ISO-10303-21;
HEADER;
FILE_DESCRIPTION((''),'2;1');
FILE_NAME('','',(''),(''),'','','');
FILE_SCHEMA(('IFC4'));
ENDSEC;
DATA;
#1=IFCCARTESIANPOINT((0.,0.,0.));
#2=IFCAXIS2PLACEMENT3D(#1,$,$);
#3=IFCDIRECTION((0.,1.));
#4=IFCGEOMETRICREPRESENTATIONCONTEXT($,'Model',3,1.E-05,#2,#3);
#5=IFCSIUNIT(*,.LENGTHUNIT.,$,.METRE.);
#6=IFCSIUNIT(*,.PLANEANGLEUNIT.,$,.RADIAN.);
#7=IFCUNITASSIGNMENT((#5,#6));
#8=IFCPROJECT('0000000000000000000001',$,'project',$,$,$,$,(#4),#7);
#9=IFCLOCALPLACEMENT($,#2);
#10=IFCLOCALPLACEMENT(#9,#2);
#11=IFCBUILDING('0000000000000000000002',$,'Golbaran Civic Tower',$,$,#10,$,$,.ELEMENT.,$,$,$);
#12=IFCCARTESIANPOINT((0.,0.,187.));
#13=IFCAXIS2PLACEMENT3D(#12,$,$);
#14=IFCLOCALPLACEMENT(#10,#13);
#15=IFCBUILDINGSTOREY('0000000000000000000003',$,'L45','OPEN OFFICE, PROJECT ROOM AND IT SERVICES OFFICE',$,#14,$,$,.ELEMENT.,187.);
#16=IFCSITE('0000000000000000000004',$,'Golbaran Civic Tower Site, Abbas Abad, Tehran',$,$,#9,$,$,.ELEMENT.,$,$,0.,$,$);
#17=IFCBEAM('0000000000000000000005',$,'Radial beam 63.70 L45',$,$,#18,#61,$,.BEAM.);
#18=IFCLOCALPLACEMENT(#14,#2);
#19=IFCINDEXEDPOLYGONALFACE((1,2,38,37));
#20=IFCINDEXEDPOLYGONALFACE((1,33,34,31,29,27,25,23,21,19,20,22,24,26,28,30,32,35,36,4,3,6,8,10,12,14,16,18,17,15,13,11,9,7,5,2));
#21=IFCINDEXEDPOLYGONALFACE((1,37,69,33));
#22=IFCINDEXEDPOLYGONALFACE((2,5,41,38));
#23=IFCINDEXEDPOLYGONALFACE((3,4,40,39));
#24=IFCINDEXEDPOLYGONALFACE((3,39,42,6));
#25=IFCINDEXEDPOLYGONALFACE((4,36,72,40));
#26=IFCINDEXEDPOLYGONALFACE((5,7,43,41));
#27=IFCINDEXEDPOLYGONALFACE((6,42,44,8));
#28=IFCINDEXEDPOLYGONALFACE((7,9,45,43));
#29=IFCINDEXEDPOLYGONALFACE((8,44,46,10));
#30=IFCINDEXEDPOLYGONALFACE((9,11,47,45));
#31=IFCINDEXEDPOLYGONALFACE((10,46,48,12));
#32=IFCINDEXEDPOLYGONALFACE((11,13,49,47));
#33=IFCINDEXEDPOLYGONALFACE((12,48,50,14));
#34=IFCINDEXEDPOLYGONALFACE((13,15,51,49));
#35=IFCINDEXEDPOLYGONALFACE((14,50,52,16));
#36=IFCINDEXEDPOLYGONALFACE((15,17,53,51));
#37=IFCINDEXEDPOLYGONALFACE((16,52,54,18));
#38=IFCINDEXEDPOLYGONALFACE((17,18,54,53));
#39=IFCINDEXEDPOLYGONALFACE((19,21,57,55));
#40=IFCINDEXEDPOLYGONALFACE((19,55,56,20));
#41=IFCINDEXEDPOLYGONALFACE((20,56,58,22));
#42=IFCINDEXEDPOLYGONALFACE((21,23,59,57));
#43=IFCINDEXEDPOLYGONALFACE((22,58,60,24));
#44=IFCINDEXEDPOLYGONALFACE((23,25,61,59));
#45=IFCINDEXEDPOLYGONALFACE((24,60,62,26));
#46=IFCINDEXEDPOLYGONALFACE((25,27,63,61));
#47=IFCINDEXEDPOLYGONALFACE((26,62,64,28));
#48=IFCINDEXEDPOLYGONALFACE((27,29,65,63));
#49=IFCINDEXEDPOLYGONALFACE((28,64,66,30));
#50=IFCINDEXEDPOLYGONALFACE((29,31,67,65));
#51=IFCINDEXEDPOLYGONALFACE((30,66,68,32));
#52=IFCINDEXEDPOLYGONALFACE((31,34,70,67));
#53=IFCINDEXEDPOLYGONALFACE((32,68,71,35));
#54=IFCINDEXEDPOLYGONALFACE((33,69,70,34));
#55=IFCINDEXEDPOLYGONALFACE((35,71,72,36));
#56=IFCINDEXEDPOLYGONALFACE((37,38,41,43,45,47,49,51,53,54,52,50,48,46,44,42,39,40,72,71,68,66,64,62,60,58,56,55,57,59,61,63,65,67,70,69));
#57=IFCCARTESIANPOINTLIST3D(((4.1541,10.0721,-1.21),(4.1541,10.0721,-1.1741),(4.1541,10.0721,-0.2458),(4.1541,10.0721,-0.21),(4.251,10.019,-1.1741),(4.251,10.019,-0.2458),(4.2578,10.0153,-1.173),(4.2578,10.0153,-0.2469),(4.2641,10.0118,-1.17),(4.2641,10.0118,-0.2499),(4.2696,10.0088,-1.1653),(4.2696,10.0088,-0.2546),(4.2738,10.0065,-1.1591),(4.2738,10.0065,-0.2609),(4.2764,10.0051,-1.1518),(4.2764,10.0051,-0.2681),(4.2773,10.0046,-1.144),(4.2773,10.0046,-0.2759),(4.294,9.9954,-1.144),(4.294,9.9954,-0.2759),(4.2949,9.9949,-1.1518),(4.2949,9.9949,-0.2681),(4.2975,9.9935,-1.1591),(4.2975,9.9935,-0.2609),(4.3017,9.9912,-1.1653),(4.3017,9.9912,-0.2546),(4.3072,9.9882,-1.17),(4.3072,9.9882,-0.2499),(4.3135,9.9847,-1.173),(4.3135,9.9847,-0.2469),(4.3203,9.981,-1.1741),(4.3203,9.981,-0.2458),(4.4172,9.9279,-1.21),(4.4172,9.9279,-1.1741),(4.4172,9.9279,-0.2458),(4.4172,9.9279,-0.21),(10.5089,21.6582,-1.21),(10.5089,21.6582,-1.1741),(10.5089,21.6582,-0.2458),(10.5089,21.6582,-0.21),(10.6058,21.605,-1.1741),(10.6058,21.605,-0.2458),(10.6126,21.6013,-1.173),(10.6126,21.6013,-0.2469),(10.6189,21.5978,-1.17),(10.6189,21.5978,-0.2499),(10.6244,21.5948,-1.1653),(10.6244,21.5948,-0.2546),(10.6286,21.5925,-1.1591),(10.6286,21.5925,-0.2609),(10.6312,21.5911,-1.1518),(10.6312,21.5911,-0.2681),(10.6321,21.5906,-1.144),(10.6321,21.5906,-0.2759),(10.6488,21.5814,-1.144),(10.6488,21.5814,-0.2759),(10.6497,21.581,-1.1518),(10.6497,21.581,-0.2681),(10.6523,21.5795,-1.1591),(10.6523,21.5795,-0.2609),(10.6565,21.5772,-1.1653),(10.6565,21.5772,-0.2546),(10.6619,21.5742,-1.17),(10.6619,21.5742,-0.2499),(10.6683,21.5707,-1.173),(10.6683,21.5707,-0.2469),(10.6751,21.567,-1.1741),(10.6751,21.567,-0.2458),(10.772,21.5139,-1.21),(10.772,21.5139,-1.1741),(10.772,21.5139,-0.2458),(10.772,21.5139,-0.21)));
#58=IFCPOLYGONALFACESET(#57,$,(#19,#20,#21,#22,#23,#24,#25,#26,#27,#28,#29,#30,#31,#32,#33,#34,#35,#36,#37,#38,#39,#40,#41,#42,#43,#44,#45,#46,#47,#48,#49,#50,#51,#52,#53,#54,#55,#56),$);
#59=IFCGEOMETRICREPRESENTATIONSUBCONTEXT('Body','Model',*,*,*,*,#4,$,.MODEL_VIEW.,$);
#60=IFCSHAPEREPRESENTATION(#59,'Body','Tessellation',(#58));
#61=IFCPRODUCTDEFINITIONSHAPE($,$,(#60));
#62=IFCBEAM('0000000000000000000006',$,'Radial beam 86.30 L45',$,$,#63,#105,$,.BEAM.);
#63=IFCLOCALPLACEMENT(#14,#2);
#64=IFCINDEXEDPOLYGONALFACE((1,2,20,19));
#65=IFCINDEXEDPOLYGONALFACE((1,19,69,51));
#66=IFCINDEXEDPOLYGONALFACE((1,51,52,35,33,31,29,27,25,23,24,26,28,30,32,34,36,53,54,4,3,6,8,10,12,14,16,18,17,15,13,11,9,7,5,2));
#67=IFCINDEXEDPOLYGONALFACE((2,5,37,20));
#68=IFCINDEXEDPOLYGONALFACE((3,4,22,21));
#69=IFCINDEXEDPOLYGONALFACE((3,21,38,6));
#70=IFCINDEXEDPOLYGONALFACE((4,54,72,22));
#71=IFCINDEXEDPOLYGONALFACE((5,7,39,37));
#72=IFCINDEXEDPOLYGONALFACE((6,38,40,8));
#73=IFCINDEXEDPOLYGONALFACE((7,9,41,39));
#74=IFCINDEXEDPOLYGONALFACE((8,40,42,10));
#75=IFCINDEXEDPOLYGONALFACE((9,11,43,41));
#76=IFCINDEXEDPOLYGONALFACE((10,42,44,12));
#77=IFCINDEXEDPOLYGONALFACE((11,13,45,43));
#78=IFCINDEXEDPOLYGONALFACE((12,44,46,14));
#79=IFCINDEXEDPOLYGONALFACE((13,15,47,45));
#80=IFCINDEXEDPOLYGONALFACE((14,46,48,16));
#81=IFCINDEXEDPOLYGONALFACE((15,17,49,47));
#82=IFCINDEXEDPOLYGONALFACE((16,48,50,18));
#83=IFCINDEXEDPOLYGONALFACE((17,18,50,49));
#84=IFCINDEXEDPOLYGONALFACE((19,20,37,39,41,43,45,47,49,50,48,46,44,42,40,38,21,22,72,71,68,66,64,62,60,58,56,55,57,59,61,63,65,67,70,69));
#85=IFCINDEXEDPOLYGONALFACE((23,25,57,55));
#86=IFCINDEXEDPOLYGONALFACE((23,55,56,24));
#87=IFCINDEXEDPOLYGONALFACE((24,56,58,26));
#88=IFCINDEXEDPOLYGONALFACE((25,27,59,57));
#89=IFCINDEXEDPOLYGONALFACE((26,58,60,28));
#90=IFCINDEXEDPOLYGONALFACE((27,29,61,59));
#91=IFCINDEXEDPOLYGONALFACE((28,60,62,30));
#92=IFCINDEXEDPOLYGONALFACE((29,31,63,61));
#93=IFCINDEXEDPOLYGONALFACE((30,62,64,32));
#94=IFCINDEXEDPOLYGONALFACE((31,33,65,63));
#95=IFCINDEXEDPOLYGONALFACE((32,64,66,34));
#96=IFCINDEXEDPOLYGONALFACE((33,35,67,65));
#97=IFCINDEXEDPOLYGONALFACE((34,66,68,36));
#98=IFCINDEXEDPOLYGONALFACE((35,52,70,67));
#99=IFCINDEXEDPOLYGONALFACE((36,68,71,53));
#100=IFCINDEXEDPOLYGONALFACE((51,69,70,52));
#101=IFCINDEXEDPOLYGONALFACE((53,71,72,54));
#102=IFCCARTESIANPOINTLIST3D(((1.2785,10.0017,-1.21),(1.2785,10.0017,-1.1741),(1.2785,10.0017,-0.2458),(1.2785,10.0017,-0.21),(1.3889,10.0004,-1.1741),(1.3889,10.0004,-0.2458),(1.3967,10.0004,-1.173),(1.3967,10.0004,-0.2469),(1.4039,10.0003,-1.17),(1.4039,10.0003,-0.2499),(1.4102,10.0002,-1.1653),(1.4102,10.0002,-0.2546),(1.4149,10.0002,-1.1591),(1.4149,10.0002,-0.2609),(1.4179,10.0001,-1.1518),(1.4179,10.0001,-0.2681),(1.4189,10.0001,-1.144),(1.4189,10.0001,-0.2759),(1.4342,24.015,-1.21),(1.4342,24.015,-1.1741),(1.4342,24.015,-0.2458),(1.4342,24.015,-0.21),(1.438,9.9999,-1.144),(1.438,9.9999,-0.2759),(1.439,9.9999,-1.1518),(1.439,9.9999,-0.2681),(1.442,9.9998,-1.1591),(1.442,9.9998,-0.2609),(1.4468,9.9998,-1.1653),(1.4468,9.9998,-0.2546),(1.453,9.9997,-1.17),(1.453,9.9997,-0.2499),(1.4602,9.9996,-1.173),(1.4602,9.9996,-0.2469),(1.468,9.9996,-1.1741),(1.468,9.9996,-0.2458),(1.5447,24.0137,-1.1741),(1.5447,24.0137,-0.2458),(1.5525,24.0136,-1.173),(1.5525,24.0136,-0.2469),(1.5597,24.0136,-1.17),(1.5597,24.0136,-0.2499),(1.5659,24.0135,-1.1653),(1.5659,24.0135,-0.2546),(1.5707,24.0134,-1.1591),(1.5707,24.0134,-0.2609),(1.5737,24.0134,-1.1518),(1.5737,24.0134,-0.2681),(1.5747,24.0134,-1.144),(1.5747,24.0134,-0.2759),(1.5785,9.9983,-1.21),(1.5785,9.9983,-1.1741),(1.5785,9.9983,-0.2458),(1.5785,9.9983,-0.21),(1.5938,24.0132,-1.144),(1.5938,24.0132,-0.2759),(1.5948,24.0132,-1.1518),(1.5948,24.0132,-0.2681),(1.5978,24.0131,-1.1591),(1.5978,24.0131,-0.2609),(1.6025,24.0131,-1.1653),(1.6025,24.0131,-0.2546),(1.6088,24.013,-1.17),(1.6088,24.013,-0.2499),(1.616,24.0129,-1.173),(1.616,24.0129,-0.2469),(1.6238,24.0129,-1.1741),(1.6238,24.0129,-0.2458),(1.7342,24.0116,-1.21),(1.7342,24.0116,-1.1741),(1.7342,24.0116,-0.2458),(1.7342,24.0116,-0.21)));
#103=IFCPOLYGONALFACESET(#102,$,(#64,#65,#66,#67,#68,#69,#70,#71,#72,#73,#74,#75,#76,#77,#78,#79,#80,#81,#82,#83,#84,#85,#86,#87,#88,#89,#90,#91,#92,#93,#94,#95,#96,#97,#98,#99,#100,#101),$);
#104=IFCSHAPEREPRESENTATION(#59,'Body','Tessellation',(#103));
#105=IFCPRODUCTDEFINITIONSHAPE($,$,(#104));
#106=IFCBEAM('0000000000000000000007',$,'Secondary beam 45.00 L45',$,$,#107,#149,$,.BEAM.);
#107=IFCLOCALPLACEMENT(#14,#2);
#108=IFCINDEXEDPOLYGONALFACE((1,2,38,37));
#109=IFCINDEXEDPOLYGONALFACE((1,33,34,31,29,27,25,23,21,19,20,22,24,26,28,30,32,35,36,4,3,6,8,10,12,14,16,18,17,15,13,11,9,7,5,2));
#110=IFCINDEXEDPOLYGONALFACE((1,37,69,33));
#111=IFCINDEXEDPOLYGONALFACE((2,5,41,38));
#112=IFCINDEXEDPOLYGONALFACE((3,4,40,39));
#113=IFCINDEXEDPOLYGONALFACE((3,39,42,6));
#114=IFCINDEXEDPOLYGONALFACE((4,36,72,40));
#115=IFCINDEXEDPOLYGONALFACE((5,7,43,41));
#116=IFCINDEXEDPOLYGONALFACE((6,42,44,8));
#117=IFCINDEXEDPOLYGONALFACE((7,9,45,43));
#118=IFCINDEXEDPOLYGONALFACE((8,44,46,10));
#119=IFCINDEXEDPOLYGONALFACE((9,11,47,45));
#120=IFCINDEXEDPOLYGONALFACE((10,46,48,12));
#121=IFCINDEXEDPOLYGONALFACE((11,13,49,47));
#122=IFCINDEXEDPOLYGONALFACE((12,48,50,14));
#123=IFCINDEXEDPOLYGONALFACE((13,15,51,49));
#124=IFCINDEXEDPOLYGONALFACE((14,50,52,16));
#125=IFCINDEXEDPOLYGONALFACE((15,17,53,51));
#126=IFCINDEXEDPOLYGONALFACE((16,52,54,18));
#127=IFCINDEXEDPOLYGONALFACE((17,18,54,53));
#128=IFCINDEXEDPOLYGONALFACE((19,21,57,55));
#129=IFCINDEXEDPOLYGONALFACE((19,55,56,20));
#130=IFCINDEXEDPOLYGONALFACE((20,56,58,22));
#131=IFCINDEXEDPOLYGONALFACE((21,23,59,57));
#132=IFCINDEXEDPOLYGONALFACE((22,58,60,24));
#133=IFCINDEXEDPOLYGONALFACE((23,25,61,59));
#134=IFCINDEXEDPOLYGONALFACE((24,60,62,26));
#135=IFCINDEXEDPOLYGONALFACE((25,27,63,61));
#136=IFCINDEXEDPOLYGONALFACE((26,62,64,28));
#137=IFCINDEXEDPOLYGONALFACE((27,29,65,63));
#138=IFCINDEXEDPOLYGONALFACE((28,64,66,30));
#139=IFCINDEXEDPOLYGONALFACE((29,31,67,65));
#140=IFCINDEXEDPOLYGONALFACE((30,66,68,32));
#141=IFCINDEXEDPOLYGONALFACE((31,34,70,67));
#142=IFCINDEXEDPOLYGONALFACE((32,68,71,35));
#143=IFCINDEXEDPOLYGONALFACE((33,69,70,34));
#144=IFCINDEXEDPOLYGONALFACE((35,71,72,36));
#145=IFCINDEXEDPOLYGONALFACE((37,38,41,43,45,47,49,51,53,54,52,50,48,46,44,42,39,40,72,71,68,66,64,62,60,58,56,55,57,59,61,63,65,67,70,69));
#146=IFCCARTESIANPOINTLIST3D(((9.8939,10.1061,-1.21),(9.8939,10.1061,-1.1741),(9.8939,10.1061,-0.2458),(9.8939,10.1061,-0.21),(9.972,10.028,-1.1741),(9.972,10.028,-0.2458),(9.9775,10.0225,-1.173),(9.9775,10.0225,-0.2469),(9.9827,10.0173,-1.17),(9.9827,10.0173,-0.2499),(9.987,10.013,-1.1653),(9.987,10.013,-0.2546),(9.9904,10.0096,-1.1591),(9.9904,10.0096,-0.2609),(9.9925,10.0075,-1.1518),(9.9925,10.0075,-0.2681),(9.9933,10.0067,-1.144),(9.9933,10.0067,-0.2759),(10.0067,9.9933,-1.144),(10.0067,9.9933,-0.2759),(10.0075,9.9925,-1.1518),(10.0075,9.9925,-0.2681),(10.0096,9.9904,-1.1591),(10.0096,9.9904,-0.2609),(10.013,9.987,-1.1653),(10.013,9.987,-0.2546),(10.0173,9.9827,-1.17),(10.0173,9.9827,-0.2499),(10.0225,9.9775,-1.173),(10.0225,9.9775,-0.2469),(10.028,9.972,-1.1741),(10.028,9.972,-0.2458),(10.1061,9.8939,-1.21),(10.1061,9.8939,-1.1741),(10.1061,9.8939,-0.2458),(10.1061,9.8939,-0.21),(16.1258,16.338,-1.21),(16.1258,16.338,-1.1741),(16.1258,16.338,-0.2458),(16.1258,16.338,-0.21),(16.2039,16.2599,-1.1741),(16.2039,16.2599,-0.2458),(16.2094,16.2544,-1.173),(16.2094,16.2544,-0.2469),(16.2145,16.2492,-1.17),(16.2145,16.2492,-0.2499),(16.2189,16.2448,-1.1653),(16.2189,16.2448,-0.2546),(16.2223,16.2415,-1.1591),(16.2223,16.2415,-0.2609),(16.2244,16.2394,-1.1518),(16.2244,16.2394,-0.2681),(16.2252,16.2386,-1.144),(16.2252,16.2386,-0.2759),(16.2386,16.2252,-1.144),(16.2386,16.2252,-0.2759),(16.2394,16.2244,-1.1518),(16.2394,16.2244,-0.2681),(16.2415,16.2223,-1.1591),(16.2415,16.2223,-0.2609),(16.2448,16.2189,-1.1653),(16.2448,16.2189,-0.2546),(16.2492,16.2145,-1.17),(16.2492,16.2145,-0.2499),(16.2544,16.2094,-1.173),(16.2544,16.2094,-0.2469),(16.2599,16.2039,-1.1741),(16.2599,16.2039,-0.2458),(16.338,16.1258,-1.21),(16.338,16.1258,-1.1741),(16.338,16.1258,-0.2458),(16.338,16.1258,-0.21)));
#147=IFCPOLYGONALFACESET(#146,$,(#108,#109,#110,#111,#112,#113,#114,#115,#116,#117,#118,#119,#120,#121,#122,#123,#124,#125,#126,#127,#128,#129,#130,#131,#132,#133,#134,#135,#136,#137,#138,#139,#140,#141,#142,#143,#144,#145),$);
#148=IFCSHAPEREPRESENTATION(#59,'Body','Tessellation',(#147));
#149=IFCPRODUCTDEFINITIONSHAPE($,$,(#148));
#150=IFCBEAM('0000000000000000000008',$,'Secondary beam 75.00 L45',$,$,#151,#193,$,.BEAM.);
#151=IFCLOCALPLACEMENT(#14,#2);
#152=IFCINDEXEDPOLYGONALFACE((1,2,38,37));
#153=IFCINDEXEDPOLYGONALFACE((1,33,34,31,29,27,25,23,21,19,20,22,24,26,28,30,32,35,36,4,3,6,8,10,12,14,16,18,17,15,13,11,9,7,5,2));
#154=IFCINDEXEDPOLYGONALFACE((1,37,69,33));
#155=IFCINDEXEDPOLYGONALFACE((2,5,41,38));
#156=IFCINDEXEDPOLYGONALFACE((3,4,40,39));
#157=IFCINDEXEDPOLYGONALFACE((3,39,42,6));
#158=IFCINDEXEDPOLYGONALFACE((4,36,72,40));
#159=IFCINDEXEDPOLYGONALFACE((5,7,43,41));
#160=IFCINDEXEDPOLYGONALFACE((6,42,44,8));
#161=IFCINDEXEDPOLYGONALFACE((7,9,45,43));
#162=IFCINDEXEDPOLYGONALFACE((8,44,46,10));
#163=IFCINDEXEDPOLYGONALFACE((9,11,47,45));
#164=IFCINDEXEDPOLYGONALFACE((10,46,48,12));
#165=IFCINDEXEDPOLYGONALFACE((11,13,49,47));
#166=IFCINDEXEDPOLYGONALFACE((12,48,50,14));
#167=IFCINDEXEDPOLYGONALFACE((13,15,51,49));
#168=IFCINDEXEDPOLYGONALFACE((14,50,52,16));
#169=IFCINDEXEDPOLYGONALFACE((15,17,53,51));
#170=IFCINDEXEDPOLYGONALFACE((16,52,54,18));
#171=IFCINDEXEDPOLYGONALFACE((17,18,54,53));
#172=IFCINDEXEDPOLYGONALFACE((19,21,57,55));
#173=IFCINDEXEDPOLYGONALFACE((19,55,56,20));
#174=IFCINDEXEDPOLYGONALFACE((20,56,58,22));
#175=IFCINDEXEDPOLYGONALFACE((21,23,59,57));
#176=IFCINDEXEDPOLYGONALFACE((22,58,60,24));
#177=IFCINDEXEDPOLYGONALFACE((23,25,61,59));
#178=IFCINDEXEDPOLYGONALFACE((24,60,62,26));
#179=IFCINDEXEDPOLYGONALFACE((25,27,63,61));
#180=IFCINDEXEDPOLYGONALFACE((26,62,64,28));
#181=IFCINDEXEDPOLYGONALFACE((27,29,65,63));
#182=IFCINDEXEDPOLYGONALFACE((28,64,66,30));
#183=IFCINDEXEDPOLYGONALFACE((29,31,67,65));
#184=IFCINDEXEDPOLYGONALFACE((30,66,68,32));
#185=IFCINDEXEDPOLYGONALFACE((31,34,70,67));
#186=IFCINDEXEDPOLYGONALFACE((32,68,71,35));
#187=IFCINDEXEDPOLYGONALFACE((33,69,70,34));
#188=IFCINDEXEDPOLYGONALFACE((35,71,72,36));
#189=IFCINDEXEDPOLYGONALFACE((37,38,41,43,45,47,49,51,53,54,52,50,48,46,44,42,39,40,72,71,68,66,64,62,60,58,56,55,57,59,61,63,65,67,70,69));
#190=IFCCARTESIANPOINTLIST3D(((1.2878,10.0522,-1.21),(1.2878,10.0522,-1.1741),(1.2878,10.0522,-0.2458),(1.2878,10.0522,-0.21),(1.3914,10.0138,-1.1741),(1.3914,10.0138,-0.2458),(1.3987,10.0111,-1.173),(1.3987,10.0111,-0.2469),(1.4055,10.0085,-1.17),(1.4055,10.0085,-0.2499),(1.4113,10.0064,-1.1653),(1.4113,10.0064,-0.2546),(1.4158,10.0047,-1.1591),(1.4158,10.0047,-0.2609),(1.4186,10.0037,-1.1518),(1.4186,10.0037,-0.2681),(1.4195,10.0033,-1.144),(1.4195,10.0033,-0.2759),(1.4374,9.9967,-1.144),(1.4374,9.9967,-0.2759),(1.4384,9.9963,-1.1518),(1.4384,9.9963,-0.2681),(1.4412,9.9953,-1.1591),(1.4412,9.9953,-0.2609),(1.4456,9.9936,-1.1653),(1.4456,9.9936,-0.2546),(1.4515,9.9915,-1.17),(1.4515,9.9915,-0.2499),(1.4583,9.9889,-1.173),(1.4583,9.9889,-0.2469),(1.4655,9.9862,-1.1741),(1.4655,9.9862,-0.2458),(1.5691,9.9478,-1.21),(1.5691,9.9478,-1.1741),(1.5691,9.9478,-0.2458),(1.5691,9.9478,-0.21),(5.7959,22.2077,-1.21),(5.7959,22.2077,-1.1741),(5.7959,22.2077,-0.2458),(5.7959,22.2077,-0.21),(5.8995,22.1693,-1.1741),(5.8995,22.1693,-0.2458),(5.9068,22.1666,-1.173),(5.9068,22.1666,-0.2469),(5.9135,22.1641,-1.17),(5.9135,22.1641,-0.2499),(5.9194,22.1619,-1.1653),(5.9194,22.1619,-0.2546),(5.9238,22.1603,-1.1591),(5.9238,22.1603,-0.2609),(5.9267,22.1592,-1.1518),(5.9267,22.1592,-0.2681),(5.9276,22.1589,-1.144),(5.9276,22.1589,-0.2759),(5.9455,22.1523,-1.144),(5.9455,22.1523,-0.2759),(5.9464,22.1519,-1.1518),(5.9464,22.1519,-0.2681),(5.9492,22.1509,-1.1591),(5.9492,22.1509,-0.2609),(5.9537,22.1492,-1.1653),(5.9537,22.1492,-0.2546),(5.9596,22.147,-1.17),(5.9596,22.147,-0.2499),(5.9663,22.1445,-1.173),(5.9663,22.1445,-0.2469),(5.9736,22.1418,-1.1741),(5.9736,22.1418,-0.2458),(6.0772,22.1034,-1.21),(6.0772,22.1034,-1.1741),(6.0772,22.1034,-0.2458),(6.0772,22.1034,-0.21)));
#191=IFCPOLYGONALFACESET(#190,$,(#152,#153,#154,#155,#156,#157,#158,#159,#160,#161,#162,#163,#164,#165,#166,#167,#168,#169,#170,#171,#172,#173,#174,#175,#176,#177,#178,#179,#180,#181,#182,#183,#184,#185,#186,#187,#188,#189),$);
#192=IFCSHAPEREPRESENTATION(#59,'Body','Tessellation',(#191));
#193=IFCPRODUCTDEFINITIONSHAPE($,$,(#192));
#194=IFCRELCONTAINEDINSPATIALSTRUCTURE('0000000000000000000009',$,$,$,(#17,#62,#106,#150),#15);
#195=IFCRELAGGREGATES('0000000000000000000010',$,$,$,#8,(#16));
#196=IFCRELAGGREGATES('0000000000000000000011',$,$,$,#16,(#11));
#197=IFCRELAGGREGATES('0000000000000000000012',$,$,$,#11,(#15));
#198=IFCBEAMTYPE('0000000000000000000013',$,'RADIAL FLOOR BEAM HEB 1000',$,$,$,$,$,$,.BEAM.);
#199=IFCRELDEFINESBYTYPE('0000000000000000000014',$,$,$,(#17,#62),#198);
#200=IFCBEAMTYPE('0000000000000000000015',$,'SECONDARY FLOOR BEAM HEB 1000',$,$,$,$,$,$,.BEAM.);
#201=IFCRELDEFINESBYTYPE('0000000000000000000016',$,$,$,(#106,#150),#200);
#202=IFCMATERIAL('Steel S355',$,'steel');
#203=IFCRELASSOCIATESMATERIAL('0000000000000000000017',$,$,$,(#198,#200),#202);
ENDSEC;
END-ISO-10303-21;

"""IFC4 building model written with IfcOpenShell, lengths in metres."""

from ifc_helpers import new_model, si_unit, direction, frame, origin, origin_2d, place, context, subcontext, project, spatial, i_section, extrude, material, material_profile, profile_set, type_object, element, save


model = new_model("IFC4")

# Units and contexts
model_context = context("Model", 3, precision=1e-05, world=origin(), true_north=direction((0.0, 1.0)))
body_context = subcontext(model_context, "Body", "Model", "MODEL_VIEW")
ifc_project = project(units=[si_unit("LENGTHUNIT", "METRE"), si_unit("PLANEANGLEUNIT", "RADIAN")], contexts=[model_context])

# Site, building, storey
site_placement = place(None, origin())
site = spatial("IfcSite", under=ifc_project, at=site_placement, Name="Golbaran Civic Tower Site, Abbas Abad, Tehran", CompositionType="ELEMENT", RefElevation=0.0)
building_placement = place(site_placement, origin())
building = spatial("IfcBuilding", under=site, at=building_placement, Name="Golbaran Civic Tower", CompositionType="ELEMENT")
storey_placement = place(building_placement, frame((0.0, 0.0, 187.0)))
storey = spatial("IfcBuildingStorey", under=building, at=storey_placement, Name="L45", Description="OPEN OFFICE, PROJECT ROOM AND IT SERVICES OFFICE", CompositionType="ELEMENT", Elevation=187.0)

# Beams
ifc_material_1 = material(Name="Steel S355", Category="steel")
ifc_material_profile_1 = material_profile(ifc_material_1, i_section(OverallWidth=0.3, OverallDepth=1.0, WebThickness=0.019, FlangeThickness=0.0359, FilletRadius=0.03, at=origin_2d()), Name="HEB 1000")
ifc_profile_set_1 = profile_set([ifc_material_profile_1], Name="Steel S355")
beam_type_1 = type_object("IfcBeamType", Name="RADIAL FLOOR BEAM HEB 1000", PredefinedType="BEAM", material=ifc_profile_set_1)
beam_1_placement = place(storey_placement, frame((4.2856, 10.0, -0.71), z_axis=(0.4809, 0.876775, 0.0), x_axis=(-0.876775, 0.4809, 0.0)))
element("IfcBeam", 1, at=beam_1_placement, inside=storey, type_object=beam_type_1, Name="Radial beam 63.70 L45", PredefinedType="BEAM", context=body_context, shape_type="SweptSolid", body=[
    extrude(i_section(OverallWidth=0.3, OverallDepth=1.0, WebThickness=0.019, FlangeThickness=0.0359, FilletRadius=0.03, at=origin_2d()), origin(), (0.0, 0.0, 1.0), 13.2144),
])
beam_2_placement = place(storey_placement, frame((1.4285, 10.0, -0.71), z_axis=(0.011115, 0.999938, 0.0), x_axis=(-0.999938, 0.011115, 0.0)))
element("IfcBeam", 2, at=beam_2_placement, inside=storey, type_object=beam_type_1, Name="Radial beam 86.30 L45", PredefinedType="BEAM", context=body_context, shape_type="SweptSolid", body=[
    extrude(i_section(OverallWidth=0.3, OverallDepth=1.0, WebThickness=0.019, FlangeThickness=0.0359, FilletRadius=0.03, at=origin_2d()), origin(), (0.0, 0.0, 1.0), 14.0142),
])
ifc_material_profile_2 = material_profile(ifc_material_1, i_section(OverallWidth=0.3, OverallDepth=1.0, WebThickness=0.019, FlangeThickness=0.0359, FilletRadius=0.03, at=origin_2d()), Name="HEB 1000")
ifc_profile_set_2 = profile_set([ifc_material_profile_2], Name="Steel S355")
beam_type_2 = type_object("IfcBeamType", Name="SECONDARY FLOOR BEAM HEB 1000", PredefinedType="BEAM", material=ifc_profile_set_2)
beam_3_placement = place(storey_placement, frame((10.0, 10.0, -0.71), z_axis=(0.707107, 0.707107, 0.0), x_axis=(-0.707107, 0.707107, 0.0)))
element("IfcBeam", 3, at=beam_3_placement, inside=storey, type_object=beam_type_2, Name="Secondary beam 45.00 L45", PredefinedType="BEAM", context=body_context, shape_type="SweptSolid", body=[
    extrude(i_section(OverallWidth=0.3, OverallDepth=1.0, WebThickness=0.019, FlangeThickness=0.0359, FilletRadius=0.03, at=origin_2d()), origin(), (0.0, 0.0, 1.0), 8.8132),
])
beam_4_placement = place(storey_placement, frame((1.4285, 10.0, -0.71), z_axis=(0.347722, 0.937598, 0.0), x_axis=(-0.937598, 0.347722, 0.0)))
element("IfcBeam", 4, at=beam_4_placement, inside=storey, type_object=beam_type_2, Name="Secondary beam 75.00 L45", PredefinedType="BEAM", context=body_context, shape_type="SweptSolid", body=[
    extrude(i_section(OverallWidth=0.3, OverallDepth=1.0, WebThickness=0.019, FlangeThickness=0.0359, FilletRadius=0.03, at=origin_2d()), origin(), (0.0, 0.0, 1.0), 12.9646),
])

save(model, "model.ifc")
